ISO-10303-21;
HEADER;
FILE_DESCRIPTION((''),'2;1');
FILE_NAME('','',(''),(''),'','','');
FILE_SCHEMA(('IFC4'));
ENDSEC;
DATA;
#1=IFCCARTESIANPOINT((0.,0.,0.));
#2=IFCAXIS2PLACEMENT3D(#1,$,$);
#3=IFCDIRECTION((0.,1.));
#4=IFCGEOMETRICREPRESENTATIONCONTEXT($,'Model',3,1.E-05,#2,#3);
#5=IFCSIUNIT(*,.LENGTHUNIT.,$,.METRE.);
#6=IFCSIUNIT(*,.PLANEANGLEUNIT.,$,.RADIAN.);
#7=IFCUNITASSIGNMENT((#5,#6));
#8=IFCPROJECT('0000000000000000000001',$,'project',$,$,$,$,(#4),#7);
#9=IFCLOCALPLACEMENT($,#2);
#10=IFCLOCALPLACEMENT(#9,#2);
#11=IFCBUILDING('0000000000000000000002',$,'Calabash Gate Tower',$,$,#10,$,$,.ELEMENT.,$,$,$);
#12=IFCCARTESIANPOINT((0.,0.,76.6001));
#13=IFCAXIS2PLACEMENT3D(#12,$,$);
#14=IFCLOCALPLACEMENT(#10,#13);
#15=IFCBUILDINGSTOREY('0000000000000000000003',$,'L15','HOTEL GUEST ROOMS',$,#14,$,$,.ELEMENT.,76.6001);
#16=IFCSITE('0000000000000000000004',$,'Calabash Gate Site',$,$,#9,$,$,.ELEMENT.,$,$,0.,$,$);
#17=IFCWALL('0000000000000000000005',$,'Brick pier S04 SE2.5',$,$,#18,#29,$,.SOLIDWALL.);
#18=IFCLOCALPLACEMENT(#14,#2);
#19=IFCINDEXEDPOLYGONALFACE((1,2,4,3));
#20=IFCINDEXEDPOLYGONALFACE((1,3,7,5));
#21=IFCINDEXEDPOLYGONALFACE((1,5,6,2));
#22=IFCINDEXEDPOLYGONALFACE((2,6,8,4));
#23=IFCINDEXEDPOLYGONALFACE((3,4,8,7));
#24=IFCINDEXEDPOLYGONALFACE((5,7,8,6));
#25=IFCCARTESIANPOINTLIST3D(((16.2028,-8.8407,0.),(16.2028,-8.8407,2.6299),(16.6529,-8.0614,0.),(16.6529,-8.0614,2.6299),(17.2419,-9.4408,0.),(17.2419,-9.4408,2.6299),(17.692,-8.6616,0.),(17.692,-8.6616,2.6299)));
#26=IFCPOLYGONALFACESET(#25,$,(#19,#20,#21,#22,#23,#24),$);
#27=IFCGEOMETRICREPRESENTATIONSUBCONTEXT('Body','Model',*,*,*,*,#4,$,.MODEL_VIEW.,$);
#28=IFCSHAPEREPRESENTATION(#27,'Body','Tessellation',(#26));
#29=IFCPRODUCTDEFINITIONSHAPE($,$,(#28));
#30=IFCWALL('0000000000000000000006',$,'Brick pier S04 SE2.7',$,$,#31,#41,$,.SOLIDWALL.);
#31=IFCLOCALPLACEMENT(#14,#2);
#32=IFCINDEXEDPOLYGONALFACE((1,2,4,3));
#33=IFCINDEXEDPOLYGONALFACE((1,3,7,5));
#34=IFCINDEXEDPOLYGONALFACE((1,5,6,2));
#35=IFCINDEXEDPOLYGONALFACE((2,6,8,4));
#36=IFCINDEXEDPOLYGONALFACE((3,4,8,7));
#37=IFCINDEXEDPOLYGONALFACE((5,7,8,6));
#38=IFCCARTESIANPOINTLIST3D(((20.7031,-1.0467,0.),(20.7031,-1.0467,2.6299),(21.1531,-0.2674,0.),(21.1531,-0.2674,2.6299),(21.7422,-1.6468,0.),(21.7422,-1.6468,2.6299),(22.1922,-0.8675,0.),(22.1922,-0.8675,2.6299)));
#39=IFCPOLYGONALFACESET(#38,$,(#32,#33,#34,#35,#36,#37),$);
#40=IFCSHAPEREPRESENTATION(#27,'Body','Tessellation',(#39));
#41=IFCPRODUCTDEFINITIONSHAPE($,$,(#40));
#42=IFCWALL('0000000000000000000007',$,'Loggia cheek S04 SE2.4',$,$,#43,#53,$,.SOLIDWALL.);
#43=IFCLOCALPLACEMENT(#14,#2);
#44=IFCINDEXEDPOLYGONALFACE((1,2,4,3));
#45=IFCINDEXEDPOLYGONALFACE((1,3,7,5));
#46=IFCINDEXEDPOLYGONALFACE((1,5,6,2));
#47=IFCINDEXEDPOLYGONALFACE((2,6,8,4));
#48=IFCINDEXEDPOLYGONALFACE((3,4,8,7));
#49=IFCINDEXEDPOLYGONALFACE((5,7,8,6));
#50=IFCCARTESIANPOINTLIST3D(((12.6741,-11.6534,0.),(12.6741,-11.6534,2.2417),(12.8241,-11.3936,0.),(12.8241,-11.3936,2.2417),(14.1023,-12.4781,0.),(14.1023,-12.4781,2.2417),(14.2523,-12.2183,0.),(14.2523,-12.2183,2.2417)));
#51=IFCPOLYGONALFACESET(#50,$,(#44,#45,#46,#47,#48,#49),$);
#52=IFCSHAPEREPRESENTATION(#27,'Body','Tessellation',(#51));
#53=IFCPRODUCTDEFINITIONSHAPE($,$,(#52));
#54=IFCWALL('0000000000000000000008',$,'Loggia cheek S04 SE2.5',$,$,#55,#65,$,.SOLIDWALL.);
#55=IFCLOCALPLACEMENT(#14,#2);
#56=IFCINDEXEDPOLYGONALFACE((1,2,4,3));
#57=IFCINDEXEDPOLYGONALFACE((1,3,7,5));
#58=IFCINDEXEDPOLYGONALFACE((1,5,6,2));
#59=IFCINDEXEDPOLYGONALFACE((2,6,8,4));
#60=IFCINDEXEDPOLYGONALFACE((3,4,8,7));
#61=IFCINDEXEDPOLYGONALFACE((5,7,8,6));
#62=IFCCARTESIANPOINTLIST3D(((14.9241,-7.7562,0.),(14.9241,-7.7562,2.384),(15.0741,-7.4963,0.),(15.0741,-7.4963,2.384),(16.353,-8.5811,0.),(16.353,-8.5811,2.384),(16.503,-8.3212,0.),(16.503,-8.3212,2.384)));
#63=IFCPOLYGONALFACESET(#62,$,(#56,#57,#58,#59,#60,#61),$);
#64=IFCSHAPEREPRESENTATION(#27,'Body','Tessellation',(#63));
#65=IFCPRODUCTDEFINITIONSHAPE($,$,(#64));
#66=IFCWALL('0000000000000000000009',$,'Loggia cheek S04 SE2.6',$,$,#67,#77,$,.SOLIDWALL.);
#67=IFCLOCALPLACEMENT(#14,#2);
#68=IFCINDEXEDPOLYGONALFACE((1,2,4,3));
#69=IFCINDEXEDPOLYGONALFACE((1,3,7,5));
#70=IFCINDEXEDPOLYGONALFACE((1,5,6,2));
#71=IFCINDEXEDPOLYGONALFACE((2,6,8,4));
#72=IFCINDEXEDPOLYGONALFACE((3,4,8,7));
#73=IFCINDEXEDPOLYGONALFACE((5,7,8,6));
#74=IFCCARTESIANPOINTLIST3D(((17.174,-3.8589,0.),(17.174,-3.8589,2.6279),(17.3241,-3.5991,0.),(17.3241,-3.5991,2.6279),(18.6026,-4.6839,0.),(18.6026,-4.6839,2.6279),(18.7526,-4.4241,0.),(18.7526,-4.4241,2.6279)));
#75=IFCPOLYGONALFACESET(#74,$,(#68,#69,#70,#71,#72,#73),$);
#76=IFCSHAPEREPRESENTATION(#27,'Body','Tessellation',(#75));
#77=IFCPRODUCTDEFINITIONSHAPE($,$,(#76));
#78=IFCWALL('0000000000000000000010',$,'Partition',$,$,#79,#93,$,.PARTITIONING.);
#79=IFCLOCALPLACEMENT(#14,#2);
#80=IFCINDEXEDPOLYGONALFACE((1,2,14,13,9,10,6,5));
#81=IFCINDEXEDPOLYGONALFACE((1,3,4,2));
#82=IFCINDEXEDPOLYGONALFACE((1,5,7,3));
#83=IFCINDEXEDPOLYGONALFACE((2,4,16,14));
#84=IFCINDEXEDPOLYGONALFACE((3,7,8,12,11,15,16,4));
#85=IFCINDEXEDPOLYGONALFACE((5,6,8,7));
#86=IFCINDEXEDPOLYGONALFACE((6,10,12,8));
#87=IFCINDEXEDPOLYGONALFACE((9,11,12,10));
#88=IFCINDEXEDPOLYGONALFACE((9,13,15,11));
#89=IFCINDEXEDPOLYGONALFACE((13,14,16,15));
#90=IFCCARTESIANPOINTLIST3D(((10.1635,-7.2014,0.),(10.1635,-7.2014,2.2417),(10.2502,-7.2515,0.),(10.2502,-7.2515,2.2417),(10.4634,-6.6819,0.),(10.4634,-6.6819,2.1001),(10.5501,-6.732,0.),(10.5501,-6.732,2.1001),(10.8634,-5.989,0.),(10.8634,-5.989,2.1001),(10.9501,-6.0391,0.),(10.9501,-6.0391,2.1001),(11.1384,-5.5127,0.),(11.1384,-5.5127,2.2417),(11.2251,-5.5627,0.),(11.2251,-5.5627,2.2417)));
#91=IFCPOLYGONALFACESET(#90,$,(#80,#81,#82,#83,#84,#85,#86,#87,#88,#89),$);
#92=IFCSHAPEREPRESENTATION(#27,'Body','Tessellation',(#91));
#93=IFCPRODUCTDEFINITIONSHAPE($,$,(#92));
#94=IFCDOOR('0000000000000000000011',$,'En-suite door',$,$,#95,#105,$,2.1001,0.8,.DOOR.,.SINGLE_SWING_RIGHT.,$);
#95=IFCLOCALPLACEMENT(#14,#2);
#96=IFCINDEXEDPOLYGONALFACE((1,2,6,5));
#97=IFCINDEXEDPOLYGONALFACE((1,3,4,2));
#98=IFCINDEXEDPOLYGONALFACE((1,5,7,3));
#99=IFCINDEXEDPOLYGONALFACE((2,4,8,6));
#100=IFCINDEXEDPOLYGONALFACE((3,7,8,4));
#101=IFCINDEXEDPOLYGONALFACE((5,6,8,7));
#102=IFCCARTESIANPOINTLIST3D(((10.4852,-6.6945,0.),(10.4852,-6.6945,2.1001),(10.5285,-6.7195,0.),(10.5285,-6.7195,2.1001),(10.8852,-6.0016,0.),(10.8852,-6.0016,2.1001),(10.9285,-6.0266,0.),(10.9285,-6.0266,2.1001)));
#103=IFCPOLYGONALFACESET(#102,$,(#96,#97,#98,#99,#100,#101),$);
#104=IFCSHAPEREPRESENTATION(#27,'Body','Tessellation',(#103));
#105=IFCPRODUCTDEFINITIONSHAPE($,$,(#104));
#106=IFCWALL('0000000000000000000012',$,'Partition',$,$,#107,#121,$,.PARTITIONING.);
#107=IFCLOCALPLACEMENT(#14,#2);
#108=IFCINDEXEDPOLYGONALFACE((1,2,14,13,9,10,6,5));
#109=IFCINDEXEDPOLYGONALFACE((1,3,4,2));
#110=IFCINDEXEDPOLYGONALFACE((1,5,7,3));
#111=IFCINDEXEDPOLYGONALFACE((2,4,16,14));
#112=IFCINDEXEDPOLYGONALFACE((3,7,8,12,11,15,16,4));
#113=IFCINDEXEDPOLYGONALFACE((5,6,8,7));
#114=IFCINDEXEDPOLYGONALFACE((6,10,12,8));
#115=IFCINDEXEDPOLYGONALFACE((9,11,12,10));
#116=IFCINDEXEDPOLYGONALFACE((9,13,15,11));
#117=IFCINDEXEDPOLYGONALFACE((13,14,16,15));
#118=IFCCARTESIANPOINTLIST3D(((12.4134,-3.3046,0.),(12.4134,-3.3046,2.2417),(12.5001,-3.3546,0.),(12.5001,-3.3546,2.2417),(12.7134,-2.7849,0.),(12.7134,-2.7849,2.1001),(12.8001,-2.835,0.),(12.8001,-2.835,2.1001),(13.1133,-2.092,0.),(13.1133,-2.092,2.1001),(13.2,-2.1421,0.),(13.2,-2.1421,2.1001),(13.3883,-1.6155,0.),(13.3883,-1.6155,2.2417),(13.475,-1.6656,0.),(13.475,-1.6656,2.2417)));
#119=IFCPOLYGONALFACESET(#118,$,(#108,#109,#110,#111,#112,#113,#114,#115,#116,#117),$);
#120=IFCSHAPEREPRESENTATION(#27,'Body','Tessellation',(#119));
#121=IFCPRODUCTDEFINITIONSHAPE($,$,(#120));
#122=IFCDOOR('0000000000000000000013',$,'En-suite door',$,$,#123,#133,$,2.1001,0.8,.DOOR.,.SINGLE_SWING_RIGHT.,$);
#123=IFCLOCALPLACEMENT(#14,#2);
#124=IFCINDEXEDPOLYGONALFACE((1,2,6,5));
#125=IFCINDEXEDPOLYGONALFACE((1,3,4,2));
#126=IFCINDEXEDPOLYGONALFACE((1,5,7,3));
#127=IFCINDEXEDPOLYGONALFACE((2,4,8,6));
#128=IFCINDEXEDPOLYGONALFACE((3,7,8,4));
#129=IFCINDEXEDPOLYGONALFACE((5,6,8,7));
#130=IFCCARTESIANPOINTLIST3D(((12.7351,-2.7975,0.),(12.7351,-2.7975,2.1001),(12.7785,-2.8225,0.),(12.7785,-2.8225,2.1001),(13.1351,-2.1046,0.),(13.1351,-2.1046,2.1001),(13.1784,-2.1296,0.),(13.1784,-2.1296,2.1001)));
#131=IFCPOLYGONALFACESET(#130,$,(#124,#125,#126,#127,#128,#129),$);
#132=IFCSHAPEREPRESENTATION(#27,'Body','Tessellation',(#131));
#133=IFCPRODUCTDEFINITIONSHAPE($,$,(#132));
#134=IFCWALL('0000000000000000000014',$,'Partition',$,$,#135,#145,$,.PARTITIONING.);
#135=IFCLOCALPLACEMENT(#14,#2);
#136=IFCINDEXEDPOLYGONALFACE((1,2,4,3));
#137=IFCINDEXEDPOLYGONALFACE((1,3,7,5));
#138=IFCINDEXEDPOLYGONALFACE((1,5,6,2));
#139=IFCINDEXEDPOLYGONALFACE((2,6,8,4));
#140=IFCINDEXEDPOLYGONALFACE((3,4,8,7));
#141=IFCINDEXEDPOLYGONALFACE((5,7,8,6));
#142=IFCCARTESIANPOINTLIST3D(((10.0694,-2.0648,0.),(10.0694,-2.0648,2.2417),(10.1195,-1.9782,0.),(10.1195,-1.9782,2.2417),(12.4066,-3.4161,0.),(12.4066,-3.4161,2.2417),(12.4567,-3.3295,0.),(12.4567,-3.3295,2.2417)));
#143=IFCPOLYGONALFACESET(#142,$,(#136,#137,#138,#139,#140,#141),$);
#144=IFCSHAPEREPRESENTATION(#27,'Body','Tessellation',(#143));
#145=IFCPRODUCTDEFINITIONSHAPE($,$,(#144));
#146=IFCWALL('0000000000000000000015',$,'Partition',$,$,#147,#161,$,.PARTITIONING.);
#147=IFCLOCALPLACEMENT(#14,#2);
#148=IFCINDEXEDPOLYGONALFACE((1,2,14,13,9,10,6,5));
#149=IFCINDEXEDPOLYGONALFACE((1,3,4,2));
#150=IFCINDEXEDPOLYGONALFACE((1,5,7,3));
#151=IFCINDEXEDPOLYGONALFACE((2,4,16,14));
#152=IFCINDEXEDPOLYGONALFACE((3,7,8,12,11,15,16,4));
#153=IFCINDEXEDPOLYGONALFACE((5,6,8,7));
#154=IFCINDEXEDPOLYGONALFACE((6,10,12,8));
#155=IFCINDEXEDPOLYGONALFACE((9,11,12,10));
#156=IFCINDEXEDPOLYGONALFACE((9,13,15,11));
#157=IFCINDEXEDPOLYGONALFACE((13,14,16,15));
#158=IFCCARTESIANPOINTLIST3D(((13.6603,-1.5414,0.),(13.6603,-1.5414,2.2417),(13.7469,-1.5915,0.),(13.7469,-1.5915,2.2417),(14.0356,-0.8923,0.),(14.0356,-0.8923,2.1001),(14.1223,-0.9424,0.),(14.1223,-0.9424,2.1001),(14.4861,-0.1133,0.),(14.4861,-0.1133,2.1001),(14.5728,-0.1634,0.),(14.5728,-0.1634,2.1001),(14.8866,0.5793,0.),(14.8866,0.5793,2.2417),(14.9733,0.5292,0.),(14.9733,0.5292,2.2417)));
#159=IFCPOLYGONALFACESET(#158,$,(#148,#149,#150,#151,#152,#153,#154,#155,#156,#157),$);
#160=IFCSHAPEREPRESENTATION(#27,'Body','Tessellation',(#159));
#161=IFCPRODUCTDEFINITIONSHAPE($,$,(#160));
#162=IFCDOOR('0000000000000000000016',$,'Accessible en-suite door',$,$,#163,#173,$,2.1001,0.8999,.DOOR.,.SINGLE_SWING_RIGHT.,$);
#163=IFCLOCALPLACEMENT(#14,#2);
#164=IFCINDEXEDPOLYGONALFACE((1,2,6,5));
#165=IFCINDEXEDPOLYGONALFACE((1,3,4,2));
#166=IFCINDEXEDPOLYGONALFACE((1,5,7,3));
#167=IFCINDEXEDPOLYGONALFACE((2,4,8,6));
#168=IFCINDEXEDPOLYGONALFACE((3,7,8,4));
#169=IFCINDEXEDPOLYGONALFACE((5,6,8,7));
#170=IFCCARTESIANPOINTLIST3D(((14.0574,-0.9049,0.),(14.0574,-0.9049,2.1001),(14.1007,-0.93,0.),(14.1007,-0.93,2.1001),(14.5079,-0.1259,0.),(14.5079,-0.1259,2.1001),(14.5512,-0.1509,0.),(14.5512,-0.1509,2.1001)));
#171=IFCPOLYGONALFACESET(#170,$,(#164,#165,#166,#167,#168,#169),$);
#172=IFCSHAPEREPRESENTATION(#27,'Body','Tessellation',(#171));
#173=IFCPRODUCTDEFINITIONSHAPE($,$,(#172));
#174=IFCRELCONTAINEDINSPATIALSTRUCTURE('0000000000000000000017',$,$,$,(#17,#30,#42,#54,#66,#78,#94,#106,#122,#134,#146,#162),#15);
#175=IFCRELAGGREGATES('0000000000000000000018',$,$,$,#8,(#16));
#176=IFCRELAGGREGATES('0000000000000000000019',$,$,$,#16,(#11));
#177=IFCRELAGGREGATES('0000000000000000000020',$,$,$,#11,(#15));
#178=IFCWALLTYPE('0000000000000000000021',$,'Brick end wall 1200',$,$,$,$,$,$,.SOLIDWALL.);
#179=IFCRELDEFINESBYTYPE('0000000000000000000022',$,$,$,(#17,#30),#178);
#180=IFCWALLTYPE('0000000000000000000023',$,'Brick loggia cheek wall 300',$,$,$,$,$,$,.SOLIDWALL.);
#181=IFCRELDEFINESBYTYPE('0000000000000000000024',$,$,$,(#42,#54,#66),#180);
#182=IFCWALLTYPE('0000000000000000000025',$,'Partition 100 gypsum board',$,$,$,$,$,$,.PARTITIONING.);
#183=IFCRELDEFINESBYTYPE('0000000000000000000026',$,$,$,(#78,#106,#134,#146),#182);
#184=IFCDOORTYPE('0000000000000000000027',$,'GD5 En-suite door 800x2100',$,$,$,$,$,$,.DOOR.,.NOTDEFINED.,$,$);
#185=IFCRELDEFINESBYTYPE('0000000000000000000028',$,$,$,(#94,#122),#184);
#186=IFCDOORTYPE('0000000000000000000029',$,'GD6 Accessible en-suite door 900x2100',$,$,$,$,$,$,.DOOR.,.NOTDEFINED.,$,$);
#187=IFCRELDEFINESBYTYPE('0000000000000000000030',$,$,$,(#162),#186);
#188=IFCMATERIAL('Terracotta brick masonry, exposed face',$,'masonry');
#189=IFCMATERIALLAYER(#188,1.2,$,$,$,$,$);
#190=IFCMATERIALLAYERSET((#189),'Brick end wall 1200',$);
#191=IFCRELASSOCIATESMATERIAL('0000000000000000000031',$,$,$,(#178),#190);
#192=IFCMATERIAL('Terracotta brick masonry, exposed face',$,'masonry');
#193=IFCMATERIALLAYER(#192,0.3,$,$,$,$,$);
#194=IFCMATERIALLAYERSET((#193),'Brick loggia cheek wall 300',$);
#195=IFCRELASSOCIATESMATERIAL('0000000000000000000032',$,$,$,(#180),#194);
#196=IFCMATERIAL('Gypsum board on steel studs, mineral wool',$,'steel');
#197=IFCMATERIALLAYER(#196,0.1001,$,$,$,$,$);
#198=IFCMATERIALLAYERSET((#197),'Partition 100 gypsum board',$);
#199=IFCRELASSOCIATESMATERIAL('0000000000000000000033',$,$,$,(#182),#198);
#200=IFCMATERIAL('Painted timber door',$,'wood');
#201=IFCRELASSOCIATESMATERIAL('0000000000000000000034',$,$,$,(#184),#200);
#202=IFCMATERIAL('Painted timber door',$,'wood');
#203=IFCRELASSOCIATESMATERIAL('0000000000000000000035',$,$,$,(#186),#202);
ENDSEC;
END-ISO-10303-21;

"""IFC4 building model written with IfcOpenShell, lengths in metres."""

from ifc_helpers import new_model, si_unit, direction, frame, frame_2d, origin, place, context, subcontext, project, spatial, rectangle, extrude, material, layer, layer_set, type_object, element, fill, save


model = new_model("IFC4")

# Units and contexts
model_context = context("Model", 3, precision=1e-05, world=origin(), true_north=direction((0.0, 1.0)))
body_context = subcontext(model_context, "Body", "Model", "MODEL_VIEW")
ifc_project = project(units=[si_unit("LENGTHUNIT", "METRE"), si_unit("PLANEANGLEUNIT", "RADIAN")], contexts=[model_context])

# Site, building, storey
site_placement = place(None, origin())
site = spatial("IfcSite", under=ifc_project, at=site_placement, Name="Calabash Gate Site", CompositionType="ELEMENT", RefElevation=0.0)
building_placement = place(site_placement, origin())
building = spatial("IfcBuilding", under=site, at=building_placement, Name="Calabash Gate Tower", CompositionType="ELEMENT")
storey_placement = place(building_placement, frame((0.0, 0.0, 76.6001)))
storey = spatial("IfcBuildingStorey", under=building, at=storey_placement, Name="L15", Description="HOTEL GUEST ROOMS", CompositionType="ELEMENT", Elevation=76.6001)

# Walls
ifc_material_1 = material(Name="Terracotta brick masonry, exposed face", Category="masonry")
ifc_layer_1 = layer(ifc_material_1, 1.2)
ifc_layer_set_1 = layer_set([ifc_layer_1], Name="Brick end wall 1200")
wall_type_1 = type_object("IfcWallType", Name="Brick end wall 1200", PredefinedType="SOLIDWALL", material=ifc_layer_set_1)
for number, where, z_axis, x_axis, name in (
    (1, (17.467, -9.0513, 0.0), (0.0, 0.0, 1.0), (-0.865955, 0.500122, 0.0), "Brick pier S04 SE2.5"),
    (2, (20.928, -0.657, 0.0), (0.0, 0.0, 1.0), (0.865955, -0.500122, 0.0), "Brick pier S04 SE2.7"),
):
    element("IfcWall", number, at=place(storey_placement, frame(where, z_axis=z_axis, x_axis=x_axis)), inside=storey, type_object=wall_type_1, Name=name, PredefinedType="SOLIDWALL", context=body_context, shape_type="SweptSolid", body=[
        extrude(rectangle(XDim=1.2, YDim=0.8999, at=frame_2d((0.6001, 0.0))), origin(), (0.0, 0.0, 1.0), 2.6299),
    ])
ifc_material_2 = material(Name="Terracotta brick masonry, exposed face", Category="masonry")
ifc_layer_2 = layer(ifc_material_2, 0.3)
ifc_layer_set_2 = layer_set([ifc_layer_2], Name="Brick loggia cheek wall 300")
wall_type_2 = type_object("IfcWallType", Name="Brick loggia cheek wall 300", PredefinedType="SOLIDWALL", material=ifc_layer_set_2)
wall_1_placement = place(storey_placement, frame((12.749, -11.5234, 0.0), z_axis=(0.0, 0.0, 1.0), x_axis=(0.865993, -0.500056, 0.0)))
element("IfcWall", 3, at=wall_1_placement, inside=storey, type_object=wall_type_2, Name="Loggia cheek S04 SE2.4", PredefinedType="SOLIDWALL", context=body_context, shape_type="SweptSolid", body=[
    extrude(rectangle(XDim=1.6492, YDim=0.3, at=frame_2d((0.8247, 0.0))), origin(), (0.0, 0.0, 1.0), 2.2417),
])
wall_2_placement = place(storey_placement, frame((16.428, -8.4512, 0.0), z_axis=(0.0, 0.0, 1.0), x_axis=(-0.86604, 0.499974, 0.0)))
element("IfcWall", 4, at=wall_2_placement, inside=storey, type_object=wall_type_2, Name="Loggia cheek S04 SE2.5", PredefinedType="SOLIDWALL", context=body_context, shape_type="SweptSolid", body=[
    extrude(rectangle(XDim=1.6499, YDim=0.3, at=frame_2d((0.825, 0.0))), origin(), (0.0, 0.0, 1.0), 2.384),
])
wall_3_placement = place(storey_placement, frame((18.6775, -4.554, 0.0), z_axis=(0.0, 0.0, 1.0), x_axis=(-0.865966, 0.500103, 0.0)))
element("IfcWall", 5, at=wall_3_placement, inside=storey, type_object=wall_type_2, Name="Loggia cheek S04 SE2.6", PredefinedType="SOLIDWALL", context=body_context, shape_type="SweptSolid", body=[
    extrude(rectangle(XDim=1.6497, YDim=0.3, at=frame_2d((0.8247, 0.0))), origin(), (0.0, 0.0, 1.0), 2.6279),
])

# Walls, openings, doors
ifc_material_3 = material(Name="Gypsum board on steel studs, mineral wool", Category="steel")
ifc_layer_3 = layer(ifc_material_3, 0.1001)
ifc_layer_set_3 = layer_set([ifc_layer_3], Name="Partition 100 gypsum board")
wall_type_3 = type_object("IfcWallType", Name="Partition 100 gypsum board", PredefinedType="PARTITIONING", material=ifc_layer_set_3)
wall_4_placement = place(storey_placement, frame((10.2068, -7.2266, 0.0), z_axis=(0.0, 0.0, 1.0), x_axis=(0.49995, 0.866054, 0.0)))
wall_4 = element("IfcWall", 6, at=wall_4_placement, inside=storey, type_object=wall_type_3, Name="Partition", PredefinedType="PARTITIONING", context=body_context, shape_type="SweptSolid", body=[
    extrude(rectangle(XDim=1.95, YDim=0.1001, at=frame_2d((0.9751, 0.0))), origin(), (0.0, 0.0, 1.0), 2.2417),
])
opening_1_placement = place(wall_4_placement, frame((0.6001, 0.0, 0.0)))
opening_1 = element("IfcOpeningElement", 7, at=opening_1_placement, cuts=wall_4, PredefinedType="OPENING", context=body_context, shape_type="SweptSolid", body=[
    extrude(rectangle(XDim=0.8, YDim=2.1001, at=frame_2d((0.3999, 1.05))), frame((0.0, 0.0601, 0.0), z_axis=(0.0, -1.0, 0.0), x_axis=(1.0, 0.0, 0.0)), (0.0, 0.0, 1.0), 0.1201),
])
ifc_material_4 = material(Name="Painted timber door", Category="wood")
door_type_1 = type_object("IfcDoorType", Name="GD5 En-suite door 800x2100", OperationType="NOTDEFINED", PredefinedType="DOOR", material=ifc_material_4)
door_1_placement = place(opening_1_placement, origin())
door_1 = element("IfcDoor", 8, at=door_1_placement, inside=storey, type_object=door_type_1, Name="En-suite door", OperationType="SINGLE_SWING_RIGHT", OverallHeight=2.1001, OverallWidth=0.8, PredefinedType="DOOR", context=body_context, shape_type="SweptSolid", body=[
    extrude(rectangle(XDim=0.8, YDim=2.1001, at=frame_2d((0.3999, 1.05))), frame((0.0, 0.0249, 0.0), z_axis=(0.0, -1.0, 0.0), x_axis=(1.0, 0.0, 0.0)), (0.0, 0.0, 1.0), 0.05),
])
fill(opening_1, door_1)
wall_5_placement = place(storey_placement, frame((12.4568, -3.3296, 0.0), z_axis=(0.0, 0.0, 1.0), x_axis=(0.499896, 0.866086, 0.0)))
wall_5 = element("IfcWall", 9, at=wall_5_placement, inside=storey, type_object=wall_type_3, Name="Partition", PredefinedType="PARTITIONING", context=body_context, shape_type="SweptSolid", body=[
    extrude(rectangle(XDim=1.9502, YDim=0.1001, at=frame_2d((0.9751, 0.0))), origin(), (0.0, 0.0, 1.0), 2.2417),
])
opening_2_placement = place(wall_5_placement, frame((0.6001, 0.0, 0.0)))
opening_2 = element("IfcOpeningElement", 10, at=opening_2_placement, cuts=wall_5, PredefinedType="OPENING", context=body_context, shape_type="SweptSolid", body=[
    extrude(rectangle(XDim=0.8, YDim=2.1001, at=frame_2d((0.3999, 1.05))), frame((0.0, 0.0601, 0.0), z_axis=(0.0, -1.0, 0.0), x_axis=(1.0, 0.0, 0.0)), (0.0, 0.0, 1.0), 0.1201),
])
door_2_placement = place(opening_2_placement, origin())
door_2 = element("IfcDoor", 11, at=door_2_placement, inside=storey, type_object=door_type_1, Name="En-suite door", OperationType="SINGLE_SWING_RIGHT", OverallHeight=2.1001, OverallWidth=0.8, PredefinedType="DOOR", context=body_context, shape_type="SweptSolid", body=[
    extrude(rectangle(XDim=0.8, YDim=2.1001, at=frame_2d((0.3999, 1.05))), frame((0.0, 0.0249, 0.0), z_axis=(0.0, -1.0, 0.0), x_axis=(1.0, 0.0, 0.0)), (0.0, 0.0, 1.0), 0.05),
])
fill(opening_2, door_2)

# Wall
wall_6_placement = place(storey_placement, frame((10.0945, -2.0215, 0.0), z_axis=(0.0, 0.0, 1.0), x_axis=(0.865711, -0.500544, 0.0)))
element("IfcWall", 12, at=wall_6_placement, inside=storey, type_object=wall_type_3, Name="Partition", PredefinedType="PARTITIONING", context=body_context, shape_type="SweptSolid", body=[
    extrude(rectangle(XDim=2.6997, YDim=0.1001, at=frame_2d((1.3499, 0.0))), origin(), (0.0, 0.0, 1.0), 2.2417),
])

# Wall, opening, door
wall_7_placement = place(storey_placement, frame((13.7036, -1.5664, 0.0), z_axis=(0.0, 0.0, 1.0), x_axis=(0.500608, 0.865674, 0.0)))
wall_7 = element("IfcWall", 13, at=wall_7_placement, inside=storey, type_object=wall_type_3, Name="Partition", PredefinedType="PARTITIONING", context=body_context, shape_type="SweptSolid", body=[
    extrude(rectangle(XDim=2.4497, YDim=0.1001, at=frame_2d((1.2249, 0.0))), origin(), (0.0, 0.0, 1.0), 2.2417),
])
opening_3_placement = place(wall_7_placement, frame((0.7498, 0.0, 0.0)))
opening_3 = element("IfcOpeningElement", 14, at=opening_3_placement, cuts=wall_7, PredefinedType="OPENING", context=body_context, shape_type="SweptSolid", body=[
    extrude(rectangle(XDim=0.8999, YDim=2.1001, at=frame_2d((0.45, 1.05))), frame((0.0, 0.0601, 0.0), z_axis=(0.0, -1.0, 0.0), x_axis=(1.0, 0.0, 0.0)), (0.0, 0.0, 1.0), 0.1201),
])
ifc_material_5 = material(Name="Painted timber door", Category="wood")
door_type_2 = type_object("IfcDoorType", Name="GD6 Accessible en-suite door 900x2100", OperationType="NOTDEFINED", PredefinedType="DOOR", material=ifc_material_5)
door_3_placement = place(opening_3_placement, origin())
door_3 = element("IfcDoor", 15, at=door_3_placement, inside=storey, type_object=door_type_2, Name="Accessible en-suite door", OperationType="SINGLE_SWING_RIGHT", OverallHeight=2.1001, OverallWidth=0.8999, PredefinedType="DOOR", context=body_context, shape_type="SweptSolid", body=[
    extrude(rectangle(XDim=0.8999, YDim=2.1001, at=frame_2d((0.45, 1.05))), frame((0.0, 0.0249, 0.0), z_axis=(0.0, -1.0, 0.0), x_axis=(1.0, 0.0, 0.0)), (0.0, 0.0, 1.0), 0.05),
])
fill(opening_3, door_3)

save(model, "model.ifc")
